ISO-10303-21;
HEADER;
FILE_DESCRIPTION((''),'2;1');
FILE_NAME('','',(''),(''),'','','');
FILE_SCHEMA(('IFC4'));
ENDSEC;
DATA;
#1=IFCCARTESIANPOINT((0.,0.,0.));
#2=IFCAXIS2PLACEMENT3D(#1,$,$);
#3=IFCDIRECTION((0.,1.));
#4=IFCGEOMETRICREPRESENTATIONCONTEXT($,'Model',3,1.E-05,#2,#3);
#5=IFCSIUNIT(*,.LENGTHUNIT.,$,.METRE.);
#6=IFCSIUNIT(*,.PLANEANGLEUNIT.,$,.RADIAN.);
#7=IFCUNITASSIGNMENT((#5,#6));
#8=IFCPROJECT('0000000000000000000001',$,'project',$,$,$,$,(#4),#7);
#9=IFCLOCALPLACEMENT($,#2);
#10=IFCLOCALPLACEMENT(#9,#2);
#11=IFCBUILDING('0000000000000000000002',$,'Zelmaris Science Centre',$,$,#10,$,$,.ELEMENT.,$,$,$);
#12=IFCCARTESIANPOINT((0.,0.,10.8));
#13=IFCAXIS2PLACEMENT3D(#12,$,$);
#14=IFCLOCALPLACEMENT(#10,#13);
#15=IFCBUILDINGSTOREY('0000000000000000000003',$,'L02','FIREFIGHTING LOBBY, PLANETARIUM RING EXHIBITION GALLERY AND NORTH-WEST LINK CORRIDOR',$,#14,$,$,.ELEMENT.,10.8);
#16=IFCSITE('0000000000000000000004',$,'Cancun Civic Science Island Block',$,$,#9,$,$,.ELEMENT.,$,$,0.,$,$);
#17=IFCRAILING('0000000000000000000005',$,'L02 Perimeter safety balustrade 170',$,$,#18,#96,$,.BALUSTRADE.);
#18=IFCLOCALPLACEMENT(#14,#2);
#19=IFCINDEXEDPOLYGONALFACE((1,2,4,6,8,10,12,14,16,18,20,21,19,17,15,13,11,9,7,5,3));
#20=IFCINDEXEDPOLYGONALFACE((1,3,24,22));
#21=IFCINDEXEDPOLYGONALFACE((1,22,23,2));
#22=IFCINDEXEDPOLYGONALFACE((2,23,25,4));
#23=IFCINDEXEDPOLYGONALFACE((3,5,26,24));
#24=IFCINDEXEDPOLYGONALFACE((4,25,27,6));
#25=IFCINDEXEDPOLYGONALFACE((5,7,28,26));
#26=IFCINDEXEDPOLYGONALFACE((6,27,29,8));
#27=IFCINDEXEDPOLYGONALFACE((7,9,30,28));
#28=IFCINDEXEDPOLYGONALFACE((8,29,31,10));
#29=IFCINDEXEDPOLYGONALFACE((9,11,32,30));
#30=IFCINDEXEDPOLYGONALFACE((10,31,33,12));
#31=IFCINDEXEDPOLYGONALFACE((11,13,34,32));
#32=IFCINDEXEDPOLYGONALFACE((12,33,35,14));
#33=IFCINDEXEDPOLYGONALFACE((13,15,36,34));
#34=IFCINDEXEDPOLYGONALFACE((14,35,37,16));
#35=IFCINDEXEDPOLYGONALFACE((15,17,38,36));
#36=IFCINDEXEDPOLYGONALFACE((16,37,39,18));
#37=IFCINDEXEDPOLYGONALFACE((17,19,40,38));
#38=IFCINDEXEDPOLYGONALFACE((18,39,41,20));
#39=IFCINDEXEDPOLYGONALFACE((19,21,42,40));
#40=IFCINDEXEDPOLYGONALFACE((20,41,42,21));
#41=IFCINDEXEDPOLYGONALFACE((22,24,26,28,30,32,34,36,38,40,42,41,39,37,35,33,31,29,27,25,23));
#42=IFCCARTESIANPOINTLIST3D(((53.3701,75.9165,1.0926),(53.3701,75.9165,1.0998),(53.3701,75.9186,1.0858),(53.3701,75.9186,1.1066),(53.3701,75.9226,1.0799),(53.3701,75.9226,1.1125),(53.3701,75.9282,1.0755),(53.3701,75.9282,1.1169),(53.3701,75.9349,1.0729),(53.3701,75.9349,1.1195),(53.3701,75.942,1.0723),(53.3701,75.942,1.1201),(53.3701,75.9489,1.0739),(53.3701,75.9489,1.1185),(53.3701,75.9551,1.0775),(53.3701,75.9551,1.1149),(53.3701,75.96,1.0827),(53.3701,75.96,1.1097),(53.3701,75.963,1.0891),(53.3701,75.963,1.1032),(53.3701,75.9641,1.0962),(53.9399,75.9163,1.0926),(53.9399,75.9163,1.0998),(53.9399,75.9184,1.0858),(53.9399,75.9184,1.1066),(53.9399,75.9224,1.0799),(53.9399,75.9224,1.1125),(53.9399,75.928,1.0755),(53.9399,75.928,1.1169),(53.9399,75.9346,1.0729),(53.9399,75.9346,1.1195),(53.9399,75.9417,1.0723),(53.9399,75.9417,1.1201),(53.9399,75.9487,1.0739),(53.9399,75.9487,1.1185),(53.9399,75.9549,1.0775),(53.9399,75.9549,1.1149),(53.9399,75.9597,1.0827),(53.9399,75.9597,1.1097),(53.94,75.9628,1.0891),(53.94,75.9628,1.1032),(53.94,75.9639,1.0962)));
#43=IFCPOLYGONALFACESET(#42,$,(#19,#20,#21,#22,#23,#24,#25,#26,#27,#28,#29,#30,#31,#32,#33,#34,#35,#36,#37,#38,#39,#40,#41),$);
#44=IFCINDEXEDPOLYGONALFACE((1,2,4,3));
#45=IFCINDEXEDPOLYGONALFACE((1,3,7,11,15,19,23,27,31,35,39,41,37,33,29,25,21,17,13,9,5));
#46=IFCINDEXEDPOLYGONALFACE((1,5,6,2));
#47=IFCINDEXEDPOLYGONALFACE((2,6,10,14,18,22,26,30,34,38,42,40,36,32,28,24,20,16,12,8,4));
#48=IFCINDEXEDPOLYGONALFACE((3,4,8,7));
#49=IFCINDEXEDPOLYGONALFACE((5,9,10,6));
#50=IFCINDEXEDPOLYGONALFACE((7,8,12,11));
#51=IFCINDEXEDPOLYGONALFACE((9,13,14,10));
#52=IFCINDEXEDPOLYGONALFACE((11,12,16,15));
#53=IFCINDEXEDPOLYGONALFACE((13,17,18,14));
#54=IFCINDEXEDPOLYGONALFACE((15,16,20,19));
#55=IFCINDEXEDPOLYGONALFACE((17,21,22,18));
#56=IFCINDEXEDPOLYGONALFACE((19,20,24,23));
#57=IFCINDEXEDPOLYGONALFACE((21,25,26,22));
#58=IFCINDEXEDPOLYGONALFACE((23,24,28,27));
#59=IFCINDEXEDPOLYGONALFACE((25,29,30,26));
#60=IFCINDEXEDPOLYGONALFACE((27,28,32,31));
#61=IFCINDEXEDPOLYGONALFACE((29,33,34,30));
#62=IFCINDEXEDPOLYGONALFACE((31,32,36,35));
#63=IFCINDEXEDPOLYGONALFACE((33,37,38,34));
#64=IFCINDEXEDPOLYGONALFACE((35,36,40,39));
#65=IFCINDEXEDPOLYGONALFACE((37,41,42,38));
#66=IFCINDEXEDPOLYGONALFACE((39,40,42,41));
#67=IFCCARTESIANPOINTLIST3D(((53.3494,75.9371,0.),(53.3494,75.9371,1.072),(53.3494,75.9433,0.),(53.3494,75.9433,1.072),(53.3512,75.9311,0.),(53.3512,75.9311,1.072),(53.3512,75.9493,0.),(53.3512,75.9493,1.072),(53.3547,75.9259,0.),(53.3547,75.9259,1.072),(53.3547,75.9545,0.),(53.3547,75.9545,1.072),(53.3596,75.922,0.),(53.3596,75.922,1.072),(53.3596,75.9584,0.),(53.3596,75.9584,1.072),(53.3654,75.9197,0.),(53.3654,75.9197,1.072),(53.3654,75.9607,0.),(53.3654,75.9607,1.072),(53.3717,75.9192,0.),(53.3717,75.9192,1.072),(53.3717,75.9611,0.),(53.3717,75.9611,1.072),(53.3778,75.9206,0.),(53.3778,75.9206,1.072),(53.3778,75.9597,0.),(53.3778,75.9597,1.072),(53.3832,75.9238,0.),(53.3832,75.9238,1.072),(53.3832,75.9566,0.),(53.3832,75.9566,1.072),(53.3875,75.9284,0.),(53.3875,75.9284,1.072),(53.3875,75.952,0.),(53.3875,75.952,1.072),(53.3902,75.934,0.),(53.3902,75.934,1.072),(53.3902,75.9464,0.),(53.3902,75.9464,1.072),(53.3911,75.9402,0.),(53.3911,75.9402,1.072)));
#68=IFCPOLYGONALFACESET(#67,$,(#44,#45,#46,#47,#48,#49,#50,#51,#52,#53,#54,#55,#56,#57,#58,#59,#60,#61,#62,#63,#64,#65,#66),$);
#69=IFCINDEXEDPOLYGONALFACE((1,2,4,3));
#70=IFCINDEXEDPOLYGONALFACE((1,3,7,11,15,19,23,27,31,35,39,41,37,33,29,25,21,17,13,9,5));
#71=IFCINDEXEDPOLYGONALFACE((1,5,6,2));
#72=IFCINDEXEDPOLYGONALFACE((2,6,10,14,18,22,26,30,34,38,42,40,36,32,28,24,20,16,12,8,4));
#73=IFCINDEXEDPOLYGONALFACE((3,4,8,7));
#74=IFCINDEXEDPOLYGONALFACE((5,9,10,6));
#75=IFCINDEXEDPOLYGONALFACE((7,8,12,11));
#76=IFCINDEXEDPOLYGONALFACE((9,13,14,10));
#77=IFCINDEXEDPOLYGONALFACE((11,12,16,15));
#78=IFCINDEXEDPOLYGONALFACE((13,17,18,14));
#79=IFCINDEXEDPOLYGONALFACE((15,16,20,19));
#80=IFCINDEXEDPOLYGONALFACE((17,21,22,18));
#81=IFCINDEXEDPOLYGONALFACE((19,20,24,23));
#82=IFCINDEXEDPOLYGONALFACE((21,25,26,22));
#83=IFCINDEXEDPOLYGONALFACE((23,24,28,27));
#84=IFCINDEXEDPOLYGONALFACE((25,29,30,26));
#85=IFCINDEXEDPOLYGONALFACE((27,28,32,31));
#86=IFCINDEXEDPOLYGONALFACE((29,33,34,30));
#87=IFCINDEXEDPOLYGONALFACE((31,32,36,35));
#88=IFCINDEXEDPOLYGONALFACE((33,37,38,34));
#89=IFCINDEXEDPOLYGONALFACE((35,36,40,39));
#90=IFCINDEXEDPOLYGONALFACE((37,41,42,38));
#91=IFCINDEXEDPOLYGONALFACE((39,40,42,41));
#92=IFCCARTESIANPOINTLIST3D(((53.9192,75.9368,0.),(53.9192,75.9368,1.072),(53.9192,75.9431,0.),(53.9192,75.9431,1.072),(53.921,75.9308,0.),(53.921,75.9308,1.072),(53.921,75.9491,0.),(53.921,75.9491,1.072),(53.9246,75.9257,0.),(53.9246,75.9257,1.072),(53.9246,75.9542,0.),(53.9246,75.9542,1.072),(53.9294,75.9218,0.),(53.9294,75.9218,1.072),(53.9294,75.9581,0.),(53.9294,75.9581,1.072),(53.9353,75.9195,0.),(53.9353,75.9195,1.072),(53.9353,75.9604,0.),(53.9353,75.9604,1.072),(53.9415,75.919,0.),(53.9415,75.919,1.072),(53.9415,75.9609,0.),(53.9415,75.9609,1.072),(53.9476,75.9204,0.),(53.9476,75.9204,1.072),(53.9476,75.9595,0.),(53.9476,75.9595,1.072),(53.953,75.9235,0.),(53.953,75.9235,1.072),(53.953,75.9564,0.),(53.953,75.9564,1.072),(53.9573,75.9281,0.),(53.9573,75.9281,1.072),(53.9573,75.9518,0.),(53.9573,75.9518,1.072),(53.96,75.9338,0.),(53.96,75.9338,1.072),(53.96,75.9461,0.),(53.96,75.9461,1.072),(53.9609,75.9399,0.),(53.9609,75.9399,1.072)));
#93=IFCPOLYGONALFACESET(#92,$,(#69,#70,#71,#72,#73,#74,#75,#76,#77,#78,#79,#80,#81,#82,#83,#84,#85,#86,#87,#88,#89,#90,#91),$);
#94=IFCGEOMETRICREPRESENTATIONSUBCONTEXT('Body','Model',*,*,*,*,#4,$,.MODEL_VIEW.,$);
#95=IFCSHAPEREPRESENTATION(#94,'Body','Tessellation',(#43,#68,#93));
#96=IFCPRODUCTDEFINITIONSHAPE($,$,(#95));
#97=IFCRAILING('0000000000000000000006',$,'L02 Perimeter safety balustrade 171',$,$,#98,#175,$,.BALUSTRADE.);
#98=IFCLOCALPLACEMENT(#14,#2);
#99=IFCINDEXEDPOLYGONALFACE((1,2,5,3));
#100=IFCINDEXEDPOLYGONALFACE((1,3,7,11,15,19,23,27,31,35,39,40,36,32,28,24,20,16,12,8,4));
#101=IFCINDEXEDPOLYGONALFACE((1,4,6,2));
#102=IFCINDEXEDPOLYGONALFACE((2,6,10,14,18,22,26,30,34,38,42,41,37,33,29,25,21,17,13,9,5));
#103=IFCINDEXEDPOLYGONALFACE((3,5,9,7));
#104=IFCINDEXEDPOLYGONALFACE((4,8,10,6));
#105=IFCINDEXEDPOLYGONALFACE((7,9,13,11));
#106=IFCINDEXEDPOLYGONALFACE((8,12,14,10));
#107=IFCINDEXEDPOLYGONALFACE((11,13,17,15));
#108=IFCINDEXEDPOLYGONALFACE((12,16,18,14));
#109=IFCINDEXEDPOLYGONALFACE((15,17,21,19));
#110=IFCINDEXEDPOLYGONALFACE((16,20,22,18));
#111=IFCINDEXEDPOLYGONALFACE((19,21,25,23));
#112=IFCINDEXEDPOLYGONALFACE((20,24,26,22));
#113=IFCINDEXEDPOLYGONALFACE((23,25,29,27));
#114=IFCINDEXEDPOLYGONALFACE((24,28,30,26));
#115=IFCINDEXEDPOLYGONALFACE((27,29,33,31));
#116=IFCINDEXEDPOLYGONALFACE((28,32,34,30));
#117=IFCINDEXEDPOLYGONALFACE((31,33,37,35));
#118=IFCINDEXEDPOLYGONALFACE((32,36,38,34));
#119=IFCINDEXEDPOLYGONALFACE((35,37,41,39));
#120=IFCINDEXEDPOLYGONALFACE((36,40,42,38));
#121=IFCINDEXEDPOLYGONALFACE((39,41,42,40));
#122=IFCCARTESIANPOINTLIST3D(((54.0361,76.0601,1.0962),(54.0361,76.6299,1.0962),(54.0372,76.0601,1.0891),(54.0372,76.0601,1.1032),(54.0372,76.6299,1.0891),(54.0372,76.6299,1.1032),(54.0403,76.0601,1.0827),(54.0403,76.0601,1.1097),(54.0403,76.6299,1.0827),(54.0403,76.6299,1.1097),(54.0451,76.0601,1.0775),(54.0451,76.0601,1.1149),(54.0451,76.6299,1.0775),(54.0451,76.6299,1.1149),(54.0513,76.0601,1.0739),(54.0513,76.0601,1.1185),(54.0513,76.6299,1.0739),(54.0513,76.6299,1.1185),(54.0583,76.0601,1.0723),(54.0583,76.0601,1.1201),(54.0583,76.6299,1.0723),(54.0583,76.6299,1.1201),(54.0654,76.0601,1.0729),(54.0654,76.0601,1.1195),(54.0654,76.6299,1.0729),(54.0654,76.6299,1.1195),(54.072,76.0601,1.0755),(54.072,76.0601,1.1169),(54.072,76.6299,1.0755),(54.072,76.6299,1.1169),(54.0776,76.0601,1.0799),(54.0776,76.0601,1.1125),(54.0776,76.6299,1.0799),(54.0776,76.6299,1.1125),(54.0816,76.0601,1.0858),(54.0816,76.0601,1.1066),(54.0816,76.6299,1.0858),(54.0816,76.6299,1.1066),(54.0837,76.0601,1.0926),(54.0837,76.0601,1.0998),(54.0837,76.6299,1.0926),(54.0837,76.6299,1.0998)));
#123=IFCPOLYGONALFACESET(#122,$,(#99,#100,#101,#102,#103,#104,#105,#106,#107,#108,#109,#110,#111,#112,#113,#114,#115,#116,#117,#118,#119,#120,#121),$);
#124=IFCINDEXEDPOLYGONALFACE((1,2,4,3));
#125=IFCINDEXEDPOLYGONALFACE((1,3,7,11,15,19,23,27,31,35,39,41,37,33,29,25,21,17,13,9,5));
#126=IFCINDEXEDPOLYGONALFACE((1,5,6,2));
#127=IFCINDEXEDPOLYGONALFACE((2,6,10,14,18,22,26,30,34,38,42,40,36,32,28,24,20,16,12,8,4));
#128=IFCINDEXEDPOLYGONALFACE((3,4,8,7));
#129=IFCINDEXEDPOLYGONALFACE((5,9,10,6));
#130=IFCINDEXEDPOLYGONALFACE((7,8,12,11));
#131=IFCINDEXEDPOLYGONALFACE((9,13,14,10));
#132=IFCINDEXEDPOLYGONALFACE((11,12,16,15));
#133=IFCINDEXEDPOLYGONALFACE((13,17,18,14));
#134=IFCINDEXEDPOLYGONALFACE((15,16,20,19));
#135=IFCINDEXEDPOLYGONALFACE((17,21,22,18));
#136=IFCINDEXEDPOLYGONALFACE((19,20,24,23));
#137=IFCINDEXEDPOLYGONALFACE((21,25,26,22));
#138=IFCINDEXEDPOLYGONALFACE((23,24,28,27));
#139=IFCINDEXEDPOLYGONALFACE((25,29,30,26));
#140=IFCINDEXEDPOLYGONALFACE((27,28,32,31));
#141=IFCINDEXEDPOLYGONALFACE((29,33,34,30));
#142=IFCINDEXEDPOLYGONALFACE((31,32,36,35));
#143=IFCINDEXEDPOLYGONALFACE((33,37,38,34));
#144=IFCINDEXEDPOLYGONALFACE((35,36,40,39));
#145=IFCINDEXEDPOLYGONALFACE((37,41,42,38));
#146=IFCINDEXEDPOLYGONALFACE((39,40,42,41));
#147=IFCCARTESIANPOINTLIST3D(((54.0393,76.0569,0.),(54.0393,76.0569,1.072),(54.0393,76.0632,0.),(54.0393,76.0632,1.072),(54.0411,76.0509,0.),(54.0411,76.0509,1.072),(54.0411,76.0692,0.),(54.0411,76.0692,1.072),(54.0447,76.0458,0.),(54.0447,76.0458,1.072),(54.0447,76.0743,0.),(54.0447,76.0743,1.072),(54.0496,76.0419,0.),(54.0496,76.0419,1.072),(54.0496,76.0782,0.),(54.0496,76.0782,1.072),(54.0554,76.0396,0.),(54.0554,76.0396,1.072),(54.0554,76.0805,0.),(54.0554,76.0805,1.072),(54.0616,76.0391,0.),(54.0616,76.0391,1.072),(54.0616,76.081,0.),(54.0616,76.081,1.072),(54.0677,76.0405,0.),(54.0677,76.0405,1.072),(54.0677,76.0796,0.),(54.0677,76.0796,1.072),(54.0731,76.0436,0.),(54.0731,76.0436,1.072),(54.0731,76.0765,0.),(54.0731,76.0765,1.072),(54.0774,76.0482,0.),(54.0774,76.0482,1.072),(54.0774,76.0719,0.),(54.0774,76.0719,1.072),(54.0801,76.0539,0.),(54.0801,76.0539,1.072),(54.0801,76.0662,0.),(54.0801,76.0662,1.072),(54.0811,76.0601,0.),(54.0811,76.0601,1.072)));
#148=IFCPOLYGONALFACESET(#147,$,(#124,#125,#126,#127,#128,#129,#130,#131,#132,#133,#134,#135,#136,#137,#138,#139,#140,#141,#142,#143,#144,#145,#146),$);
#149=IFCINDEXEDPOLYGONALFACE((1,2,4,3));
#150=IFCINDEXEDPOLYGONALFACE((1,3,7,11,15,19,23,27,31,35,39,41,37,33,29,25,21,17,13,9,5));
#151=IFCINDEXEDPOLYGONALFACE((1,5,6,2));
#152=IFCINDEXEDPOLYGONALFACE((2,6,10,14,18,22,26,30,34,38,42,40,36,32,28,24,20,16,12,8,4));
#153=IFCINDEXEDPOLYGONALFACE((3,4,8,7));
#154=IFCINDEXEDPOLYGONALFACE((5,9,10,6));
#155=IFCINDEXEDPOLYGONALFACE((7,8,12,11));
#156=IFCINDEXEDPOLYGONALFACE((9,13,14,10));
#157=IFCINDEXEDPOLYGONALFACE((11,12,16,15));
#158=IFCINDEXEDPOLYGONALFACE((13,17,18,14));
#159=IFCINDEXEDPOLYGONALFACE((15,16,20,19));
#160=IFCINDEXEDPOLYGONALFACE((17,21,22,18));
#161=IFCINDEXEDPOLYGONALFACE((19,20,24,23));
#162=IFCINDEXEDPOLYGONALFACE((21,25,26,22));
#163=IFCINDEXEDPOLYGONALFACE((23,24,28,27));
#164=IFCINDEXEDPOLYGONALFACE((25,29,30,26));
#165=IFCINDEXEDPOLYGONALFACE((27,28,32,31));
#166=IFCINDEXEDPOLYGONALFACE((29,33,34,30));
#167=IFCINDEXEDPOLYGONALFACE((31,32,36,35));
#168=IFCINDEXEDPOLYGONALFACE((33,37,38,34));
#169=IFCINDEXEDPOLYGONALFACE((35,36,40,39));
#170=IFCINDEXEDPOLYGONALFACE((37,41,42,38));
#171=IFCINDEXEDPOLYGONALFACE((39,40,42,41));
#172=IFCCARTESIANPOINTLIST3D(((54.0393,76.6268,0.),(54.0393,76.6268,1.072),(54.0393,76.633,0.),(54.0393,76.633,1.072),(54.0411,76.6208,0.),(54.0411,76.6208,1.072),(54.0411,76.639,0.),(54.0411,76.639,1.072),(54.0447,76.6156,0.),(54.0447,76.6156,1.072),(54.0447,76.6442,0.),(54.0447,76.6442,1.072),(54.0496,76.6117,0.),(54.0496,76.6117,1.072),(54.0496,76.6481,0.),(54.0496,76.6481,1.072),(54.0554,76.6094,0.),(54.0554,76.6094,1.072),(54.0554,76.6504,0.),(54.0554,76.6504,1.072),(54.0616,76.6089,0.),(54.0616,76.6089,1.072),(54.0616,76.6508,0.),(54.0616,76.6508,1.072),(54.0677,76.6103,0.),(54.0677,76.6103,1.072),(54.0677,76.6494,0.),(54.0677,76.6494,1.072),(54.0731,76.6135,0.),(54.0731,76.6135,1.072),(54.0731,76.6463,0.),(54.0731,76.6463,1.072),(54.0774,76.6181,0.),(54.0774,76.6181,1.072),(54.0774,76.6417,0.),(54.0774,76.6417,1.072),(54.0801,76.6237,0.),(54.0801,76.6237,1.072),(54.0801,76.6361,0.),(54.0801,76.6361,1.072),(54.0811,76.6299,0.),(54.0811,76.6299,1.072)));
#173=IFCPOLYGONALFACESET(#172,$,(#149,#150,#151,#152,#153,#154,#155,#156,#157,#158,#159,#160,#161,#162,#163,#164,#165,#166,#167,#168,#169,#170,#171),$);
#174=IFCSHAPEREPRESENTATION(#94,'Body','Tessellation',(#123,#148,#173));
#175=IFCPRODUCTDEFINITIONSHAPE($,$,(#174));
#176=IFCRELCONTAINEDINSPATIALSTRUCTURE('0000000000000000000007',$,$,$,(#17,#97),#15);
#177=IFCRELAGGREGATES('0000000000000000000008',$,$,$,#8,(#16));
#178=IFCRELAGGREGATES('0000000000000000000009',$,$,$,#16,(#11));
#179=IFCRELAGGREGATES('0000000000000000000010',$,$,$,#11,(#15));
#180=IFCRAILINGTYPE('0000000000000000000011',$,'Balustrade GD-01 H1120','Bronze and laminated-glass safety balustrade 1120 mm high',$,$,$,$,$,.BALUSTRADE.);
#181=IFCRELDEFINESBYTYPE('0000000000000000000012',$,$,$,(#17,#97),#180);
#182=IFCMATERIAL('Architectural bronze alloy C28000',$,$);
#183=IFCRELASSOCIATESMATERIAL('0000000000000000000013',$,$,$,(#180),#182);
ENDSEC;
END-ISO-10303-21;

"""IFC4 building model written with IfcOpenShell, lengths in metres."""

from ifc_helpers import new_model, si_unit, direction, frame, origin, origin_2d, place, context, subcontext, project, spatial, circle, extrude, material, type_object, element, save


model = new_model("IFC4")

# Units and contexts
model_context = context("Model", 3, precision=1e-05, world=origin(), true_north=direction((0.0, 1.0)))
body_context = subcontext(model_context, "Body", "Model", "MODEL_VIEW")
ifc_project = project(units=[si_unit("LENGTHUNIT", "METRE"), si_unit("PLANEANGLEUNIT", "RADIAN")], contexts=[model_context])

# Site, building, storey
site_placement = place(None, origin())
site = spatial("IfcSite", under=ifc_project, at=site_placement, Name="Cancun Civic Science Island Block", CompositionType="ELEMENT", RefElevation=0.0)
building_placement = place(site_placement, origin())
building = spatial("IfcBuilding", under=site, at=building_placement, Name="Zelmaris Science Centre", CompositionType="ELEMENT")
storey_placement = place(building_placement, frame((0.0, 0.0, 10.8)))
storey = spatial("IfcBuildingStorey", under=building, at=storey_placement, Name="L02", Description="FIREFIGHTING LOBBY, PLANETARIUM RING EXHIBITION GALLERY AND NORTH-WEST LINK CORRIDOR", CompositionType="ELEMENT", Elevation=10.8)

# Railings
ifc_material_1 = material(Name="Architectural bronze alloy C28000")
railing_type = type_object("IfcRailingType", Name="Balustrade GD-01 H1120", Description="Bronze and laminated-glass safety balustrade 1120 mm high", PredefinedType="BALUSTRADE", material=ifc_material_1)
railing_1_placement = place(storey_placement, frame((53.3701, 75.9402, 0.0)))
element("IfcRailing", 1, at=railing_1_placement, inside=storey, type_object=railing_type, Name="L02 Perimeter safety balustrade 170", PredefinedType="BALUSTRADE", context=body_context, shape_type="SweptSolid", body=[
    extrude(circle(Radius=0.0239, at=origin_2d()), frame((0.0, 0.0, 1.0962), z_axis=(1.0, -0.000428, 0.0), x_axis=(0.000428, 1.0, 0.0)), (0.0, 0.0, 1.0), 0.5698),
    extrude(circle(Radius=0.021, at=origin_2d()), origin(), (0.0, 0.0, 1.0), 1.072),
    extrude(circle(Radius=0.021, at=origin_2d()), frame((0.5698, -0.0002, 0.0)), (0.0, 0.0, 1.0), 1.072),
])
railing_2_placement = place(storey_placement, frame((54.0601, 76.0601, 0.0)))
element("IfcRailing", 2, at=railing_2_placement, inside=storey, type_object=railing_type, Name="L02 Perimeter safety balustrade 171", PredefinedType="BALUSTRADE", context=body_context, shape_type="SweptSolid", body=[
    extrude(circle(Radius=0.0239, at=origin_2d()), frame((0.0, 0.0, 1.0962), z_axis=(0.0, 1.0, 0.0), x_axis=(-1.0, 0.0, 0.0)), (0.0, 0.0, 1.0), 0.5698),
    extrude(circle(Radius=0.021, at=origin_2d()), origin(), (0.0, 0.0, 1.0), 1.072),
    extrude(circle(Radius=0.021, at=origin_2d()), frame((0.0, 0.5698, 0.0)), (0.0, 0.0, 1.0), 1.072),
])

save(model, "model.ifc")
